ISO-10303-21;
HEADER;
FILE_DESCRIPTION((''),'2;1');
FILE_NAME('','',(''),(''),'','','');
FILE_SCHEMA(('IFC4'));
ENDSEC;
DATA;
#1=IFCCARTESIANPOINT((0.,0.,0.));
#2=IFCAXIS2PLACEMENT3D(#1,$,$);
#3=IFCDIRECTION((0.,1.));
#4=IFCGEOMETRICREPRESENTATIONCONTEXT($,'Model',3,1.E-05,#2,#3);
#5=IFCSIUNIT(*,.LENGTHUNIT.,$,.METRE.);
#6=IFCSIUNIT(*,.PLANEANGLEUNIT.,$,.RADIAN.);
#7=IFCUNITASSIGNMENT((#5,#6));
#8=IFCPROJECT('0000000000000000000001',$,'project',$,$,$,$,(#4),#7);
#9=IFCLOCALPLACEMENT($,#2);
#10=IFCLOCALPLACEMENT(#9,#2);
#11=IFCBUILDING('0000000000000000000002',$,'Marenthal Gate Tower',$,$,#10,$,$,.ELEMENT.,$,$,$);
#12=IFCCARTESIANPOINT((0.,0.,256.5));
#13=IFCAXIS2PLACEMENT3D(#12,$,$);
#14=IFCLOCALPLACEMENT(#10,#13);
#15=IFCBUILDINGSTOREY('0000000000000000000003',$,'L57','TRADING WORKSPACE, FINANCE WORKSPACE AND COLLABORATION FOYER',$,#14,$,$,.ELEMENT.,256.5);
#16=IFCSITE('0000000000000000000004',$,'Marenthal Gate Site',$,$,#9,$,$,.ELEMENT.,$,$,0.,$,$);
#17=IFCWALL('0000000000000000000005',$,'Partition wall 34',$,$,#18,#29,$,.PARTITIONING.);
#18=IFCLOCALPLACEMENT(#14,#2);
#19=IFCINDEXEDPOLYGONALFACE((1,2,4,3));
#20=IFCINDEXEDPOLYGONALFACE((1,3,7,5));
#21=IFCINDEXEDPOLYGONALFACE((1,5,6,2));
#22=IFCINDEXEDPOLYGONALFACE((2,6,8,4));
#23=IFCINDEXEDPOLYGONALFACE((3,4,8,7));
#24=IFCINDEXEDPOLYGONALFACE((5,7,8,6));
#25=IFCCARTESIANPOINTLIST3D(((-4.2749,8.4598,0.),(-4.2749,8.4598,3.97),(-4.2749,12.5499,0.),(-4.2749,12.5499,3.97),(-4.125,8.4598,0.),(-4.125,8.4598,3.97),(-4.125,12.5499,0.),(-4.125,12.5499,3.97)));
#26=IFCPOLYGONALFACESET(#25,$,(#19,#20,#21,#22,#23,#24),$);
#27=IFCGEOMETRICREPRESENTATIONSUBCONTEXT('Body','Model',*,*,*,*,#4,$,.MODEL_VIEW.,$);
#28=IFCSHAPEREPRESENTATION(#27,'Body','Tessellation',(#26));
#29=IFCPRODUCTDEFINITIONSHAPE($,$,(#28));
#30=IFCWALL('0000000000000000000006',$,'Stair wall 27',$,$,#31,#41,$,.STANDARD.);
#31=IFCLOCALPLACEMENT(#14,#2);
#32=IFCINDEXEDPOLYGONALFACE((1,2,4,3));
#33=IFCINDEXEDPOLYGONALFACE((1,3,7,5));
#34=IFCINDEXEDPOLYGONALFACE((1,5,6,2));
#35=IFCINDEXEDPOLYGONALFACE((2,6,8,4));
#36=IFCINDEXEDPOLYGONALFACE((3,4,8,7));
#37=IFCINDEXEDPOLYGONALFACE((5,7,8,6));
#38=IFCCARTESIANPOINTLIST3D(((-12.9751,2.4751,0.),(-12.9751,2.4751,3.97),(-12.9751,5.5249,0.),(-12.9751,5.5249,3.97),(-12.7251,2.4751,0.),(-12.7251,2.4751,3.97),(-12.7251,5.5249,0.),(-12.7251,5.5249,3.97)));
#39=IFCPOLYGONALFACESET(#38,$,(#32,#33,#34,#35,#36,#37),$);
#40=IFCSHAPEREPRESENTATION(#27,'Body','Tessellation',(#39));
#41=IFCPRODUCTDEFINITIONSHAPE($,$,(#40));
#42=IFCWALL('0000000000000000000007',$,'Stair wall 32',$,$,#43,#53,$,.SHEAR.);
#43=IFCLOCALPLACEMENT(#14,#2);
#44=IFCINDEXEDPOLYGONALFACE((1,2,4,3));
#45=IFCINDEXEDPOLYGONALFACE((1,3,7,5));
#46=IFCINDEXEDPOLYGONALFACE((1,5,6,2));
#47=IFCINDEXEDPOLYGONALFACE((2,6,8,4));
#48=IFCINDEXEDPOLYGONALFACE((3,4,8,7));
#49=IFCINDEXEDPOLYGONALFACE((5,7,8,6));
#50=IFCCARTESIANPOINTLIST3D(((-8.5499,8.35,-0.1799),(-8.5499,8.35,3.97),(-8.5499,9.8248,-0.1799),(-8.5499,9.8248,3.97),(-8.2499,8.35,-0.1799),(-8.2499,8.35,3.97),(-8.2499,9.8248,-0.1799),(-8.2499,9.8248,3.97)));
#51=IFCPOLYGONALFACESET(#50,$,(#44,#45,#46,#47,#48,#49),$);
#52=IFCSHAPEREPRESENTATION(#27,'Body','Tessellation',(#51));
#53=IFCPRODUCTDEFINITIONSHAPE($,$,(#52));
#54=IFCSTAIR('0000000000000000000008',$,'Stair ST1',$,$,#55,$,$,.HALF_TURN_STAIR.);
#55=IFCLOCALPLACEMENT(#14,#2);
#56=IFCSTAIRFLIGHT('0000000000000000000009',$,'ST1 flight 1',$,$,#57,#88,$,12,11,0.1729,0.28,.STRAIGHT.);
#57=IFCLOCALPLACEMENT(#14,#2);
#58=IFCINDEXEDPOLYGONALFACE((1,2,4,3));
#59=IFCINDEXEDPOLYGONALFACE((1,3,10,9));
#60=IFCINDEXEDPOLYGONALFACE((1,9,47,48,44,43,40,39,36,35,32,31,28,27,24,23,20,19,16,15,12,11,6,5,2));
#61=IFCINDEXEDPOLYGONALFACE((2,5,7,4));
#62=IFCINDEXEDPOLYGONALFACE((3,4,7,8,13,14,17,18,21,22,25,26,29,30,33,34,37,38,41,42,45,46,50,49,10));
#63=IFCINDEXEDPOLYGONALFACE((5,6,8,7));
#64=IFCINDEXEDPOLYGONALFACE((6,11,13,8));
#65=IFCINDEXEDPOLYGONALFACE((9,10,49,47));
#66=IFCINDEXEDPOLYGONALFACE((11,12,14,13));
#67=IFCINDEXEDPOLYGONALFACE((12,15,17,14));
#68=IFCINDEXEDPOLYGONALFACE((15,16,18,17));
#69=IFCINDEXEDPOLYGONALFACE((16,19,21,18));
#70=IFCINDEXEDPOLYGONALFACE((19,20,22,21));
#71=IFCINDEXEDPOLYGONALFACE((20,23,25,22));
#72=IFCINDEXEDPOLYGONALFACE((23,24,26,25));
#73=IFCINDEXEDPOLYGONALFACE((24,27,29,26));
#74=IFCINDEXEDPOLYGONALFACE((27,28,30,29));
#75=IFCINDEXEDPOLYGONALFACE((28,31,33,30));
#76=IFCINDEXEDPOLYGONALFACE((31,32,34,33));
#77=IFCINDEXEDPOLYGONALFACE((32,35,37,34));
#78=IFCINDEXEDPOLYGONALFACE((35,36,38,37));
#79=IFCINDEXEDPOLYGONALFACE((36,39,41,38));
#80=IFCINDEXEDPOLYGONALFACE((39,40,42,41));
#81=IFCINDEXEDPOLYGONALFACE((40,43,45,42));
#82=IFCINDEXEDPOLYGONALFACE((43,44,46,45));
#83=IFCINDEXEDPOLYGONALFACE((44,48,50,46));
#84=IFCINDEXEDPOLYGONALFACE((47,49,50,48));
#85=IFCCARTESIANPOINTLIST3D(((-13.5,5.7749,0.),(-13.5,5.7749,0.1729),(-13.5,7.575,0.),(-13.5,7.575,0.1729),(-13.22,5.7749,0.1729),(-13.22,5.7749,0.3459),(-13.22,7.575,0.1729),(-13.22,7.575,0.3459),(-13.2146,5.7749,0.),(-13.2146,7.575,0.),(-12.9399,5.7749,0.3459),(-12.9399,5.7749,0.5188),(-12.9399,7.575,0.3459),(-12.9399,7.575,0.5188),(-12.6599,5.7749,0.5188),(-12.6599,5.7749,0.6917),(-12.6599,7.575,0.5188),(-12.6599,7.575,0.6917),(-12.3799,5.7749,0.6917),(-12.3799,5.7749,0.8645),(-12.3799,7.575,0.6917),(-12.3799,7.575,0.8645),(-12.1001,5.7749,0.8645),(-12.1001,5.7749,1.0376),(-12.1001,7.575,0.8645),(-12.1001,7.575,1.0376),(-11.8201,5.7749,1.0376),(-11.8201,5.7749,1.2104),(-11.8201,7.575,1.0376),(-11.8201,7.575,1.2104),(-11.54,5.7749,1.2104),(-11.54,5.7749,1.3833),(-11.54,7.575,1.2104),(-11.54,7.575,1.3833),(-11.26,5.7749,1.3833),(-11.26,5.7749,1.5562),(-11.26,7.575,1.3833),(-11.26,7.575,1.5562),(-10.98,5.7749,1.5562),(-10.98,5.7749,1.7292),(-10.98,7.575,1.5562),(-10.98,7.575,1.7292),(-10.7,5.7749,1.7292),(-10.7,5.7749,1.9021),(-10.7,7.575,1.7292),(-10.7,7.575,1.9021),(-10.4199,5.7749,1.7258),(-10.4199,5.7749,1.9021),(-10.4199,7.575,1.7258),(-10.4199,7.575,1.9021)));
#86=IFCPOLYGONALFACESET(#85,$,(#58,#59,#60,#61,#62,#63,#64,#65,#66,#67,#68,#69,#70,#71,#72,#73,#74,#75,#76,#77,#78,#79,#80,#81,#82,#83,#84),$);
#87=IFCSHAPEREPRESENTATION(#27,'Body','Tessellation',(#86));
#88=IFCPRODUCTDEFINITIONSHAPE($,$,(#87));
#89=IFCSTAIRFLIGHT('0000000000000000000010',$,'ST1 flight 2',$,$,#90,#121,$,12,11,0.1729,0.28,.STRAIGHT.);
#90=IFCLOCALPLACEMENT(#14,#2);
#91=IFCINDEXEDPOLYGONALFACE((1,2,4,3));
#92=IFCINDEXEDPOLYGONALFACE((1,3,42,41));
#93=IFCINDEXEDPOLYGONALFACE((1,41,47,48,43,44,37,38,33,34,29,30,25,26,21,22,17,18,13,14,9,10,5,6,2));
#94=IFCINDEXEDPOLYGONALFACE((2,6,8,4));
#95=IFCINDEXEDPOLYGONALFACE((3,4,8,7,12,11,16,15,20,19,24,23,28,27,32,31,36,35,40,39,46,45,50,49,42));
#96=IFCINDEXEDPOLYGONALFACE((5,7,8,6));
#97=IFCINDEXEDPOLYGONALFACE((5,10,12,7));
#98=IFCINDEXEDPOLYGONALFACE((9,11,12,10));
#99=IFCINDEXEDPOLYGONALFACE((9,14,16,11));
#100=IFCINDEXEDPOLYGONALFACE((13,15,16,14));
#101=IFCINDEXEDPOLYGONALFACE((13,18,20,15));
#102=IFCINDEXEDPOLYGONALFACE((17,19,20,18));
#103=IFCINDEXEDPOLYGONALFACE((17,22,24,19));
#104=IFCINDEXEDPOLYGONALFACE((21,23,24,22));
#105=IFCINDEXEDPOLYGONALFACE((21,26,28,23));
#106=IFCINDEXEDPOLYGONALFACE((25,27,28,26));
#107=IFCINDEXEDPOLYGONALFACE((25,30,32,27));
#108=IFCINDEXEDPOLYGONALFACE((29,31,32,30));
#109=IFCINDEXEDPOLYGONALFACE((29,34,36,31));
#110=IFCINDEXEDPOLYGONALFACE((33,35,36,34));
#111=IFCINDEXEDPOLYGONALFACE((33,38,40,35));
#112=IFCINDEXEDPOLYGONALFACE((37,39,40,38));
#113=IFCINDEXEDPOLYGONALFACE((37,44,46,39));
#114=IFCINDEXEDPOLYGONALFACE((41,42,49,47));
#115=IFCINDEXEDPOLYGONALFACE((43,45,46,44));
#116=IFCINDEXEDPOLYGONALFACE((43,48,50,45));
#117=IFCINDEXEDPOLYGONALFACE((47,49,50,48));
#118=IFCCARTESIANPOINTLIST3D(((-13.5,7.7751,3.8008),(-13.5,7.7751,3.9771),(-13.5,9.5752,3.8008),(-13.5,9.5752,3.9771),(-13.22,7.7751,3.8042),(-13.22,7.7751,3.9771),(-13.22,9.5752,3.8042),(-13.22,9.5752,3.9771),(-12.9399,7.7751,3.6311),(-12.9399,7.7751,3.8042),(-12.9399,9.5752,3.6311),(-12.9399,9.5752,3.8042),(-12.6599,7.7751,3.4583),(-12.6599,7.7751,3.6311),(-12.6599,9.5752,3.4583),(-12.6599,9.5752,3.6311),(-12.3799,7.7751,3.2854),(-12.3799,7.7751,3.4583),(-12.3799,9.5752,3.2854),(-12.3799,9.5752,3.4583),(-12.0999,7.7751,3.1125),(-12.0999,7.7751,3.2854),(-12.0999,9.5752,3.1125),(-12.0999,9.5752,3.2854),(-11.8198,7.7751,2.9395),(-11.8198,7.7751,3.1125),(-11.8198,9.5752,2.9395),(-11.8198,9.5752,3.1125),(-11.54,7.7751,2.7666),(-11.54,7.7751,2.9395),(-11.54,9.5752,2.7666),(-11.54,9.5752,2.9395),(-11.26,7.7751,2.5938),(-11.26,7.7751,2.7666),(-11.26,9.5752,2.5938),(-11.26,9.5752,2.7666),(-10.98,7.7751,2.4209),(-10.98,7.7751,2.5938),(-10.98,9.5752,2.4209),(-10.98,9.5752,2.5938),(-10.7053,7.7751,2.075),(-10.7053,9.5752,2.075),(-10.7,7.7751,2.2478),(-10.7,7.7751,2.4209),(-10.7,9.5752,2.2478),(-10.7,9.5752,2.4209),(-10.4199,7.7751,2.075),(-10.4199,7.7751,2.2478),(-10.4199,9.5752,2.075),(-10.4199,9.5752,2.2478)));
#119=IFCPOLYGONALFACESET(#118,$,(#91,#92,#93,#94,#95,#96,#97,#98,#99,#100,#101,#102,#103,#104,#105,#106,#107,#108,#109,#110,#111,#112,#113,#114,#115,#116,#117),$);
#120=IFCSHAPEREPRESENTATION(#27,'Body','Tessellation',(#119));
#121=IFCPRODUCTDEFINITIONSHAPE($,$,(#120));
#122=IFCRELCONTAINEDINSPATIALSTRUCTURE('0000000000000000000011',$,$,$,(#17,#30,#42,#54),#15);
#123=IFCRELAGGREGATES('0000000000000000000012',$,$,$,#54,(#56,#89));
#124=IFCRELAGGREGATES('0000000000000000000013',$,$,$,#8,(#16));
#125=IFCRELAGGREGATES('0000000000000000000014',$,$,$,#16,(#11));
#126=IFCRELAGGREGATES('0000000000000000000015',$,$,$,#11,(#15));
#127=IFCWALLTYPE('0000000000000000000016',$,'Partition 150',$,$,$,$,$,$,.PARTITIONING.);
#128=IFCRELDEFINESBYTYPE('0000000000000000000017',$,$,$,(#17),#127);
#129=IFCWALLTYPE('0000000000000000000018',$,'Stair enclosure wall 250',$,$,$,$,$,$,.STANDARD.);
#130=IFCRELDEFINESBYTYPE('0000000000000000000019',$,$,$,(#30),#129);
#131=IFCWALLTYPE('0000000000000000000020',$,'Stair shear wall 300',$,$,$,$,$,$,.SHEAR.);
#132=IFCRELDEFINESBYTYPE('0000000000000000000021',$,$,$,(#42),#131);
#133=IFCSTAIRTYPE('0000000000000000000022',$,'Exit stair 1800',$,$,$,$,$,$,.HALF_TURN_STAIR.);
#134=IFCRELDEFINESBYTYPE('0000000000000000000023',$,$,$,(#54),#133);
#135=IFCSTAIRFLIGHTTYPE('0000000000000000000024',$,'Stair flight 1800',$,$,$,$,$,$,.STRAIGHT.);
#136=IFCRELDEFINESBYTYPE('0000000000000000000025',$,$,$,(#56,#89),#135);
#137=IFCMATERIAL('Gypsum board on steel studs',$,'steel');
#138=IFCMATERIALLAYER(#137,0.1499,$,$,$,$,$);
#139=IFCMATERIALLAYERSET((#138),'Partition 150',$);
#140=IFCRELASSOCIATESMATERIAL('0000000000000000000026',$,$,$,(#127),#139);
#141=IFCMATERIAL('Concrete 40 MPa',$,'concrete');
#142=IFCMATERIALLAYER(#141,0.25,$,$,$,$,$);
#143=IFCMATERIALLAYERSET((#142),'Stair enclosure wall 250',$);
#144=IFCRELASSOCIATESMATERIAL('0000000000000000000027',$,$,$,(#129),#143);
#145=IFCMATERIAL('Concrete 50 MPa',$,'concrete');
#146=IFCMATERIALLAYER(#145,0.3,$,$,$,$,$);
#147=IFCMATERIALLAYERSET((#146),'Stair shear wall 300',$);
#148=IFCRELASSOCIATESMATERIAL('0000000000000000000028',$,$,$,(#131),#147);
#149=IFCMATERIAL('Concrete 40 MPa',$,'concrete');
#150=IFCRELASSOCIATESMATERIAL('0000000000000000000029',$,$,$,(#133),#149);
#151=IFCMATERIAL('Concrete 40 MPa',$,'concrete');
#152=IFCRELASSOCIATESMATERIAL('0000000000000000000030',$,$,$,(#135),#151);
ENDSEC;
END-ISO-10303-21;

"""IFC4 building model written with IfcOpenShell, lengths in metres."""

from ifc_helpers import new_model, si_unit, direction, frame, frame_2d, origin, place, context, subcontext, project, spatial, polyline, rectangle, outline, extrude, material, layer, layer_set, type_object, element, aggregate, save


model = new_model("IFC4")

# Units and contexts
model_context = context("Model", 3, precision=1e-05, world=origin(), true_north=direction((0.0, 1.0)))
body_context = subcontext(model_context, "Body", "Model", "MODEL_VIEW")
ifc_project = project(units=[si_unit("LENGTHUNIT", "METRE"), si_unit("PLANEANGLEUNIT", "RADIAN")], contexts=[model_context])

# Site, building, storey
site_placement = place(None, origin())
site = spatial("IfcSite", under=ifc_project, at=site_placement, Name="Marenthal Gate Site", CompositionType="ELEMENT", RefElevation=0.0)
building_placement = place(site_placement, origin())
building = spatial("IfcBuilding", under=site, at=building_placement, Name="Marenthal Gate Tower", CompositionType="ELEMENT")
storey_placement = place(building_placement, frame((0.0, 0.0, 256.5)))
storey = spatial("IfcBuildingStorey", under=building, at=storey_placement, Name="L57", Description="TRADING WORKSPACE, FINANCE WORKSPACE AND COLLABORATION FOYER", CompositionType="ELEMENT", Elevation=256.5)

# Walls
ifc_material_1 = material(Name="Gypsum board on steel studs", Category="steel")
ifc_layer_1 = layer(ifc_material_1, 0.1499)
ifc_layer_set_1 = layer_set([ifc_layer_1], Name="Partition 150")
wall_type_1 = type_object("IfcWallType", Name="Partition 150", PredefinedType="PARTITIONING", material=ifc_layer_set_1)
wall_1_placement = place(storey_placement, frame((-4.2, 8.46, 0.0), z_axis=(0.0, 0.0, 1.0), x_axis=(0.0, 1.0, 0.0)))
element("IfcWall", 1, at=wall_1_placement, inside=storey, type_object=wall_type_1, Name="Partition wall 34", PredefinedType="PARTITIONING", context=body_context, shape_type="SweptSolid", body=[
    extrude(rectangle(XDim=4.0901, YDim=0.1499, at=frame_2d((2.0449, 0.0))), origin(), (0.0, 0.0, 1.0), 3.97),
])
ifc_material_2 = material(Name="Concrete 40 MPa", Category="concrete")
ifc_layer_2 = layer(ifc_material_2, 0.25)
ifc_layer_set_2 = layer_set([ifc_layer_2], Name="Stair enclosure wall 250")
wall_type_2 = type_object("IfcWallType", Name="Stair enclosure wall 250", PredefinedType="STANDARD", material=ifc_layer_set_2)
wall_2_placement = place(storey_placement, frame((-12.8501, 2.4751, 0.0), z_axis=(0.0, 0.0, 1.0), x_axis=(0.0, 1.0, 0.0)))
element("IfcWall", 2, at=wall_2_placement, inside=storey, type_object=wall_type_2, Name="Stair wall 27", PredefinedType="STANDARD", context=body_context, shape_type="SweptSolid", body=[
    extrude(rectangle(XDim=3.0498, YDim=0.25, at=frame_2d((1.5249, 0.0))), origin(), (0.0, 0.0, 1.0), 3.97),
])
ifc_material_3 = material(Name="Concrete 50 MPa", Category="concrete")
ifc_layer_3 = layer(ifc_material_3, 0.3)
ifc_layer_set_3 = layer_set([ifc_layer_3], Name="Stair shear wall 300")
wall_type_3 = type_object("IfcWallType", Name="Stair shear wall 300", PredefinedType="SHEAR", material=ifc_layer_set_3)
wall_3_placement = place(storey_placement, frame((-8.3999, 8.3501, -0.1799), z_axis=(0.0, 0.0, 1.0), x_axis=(0.0, 1.0, 0.0)))
element("IfcWall", 3, at=wall_3_placement, inside=storey, type_object=wall_type_3, Name="Stair wall 32", PredefinedType="SHEAR", context=body_context, shape_type="SweptSolid", body=[
    extrude(rectangle(XDim=1.4749, YDim=0.3, at=frame_2d((0.7373, 0.0))), origin(), (0.0, 0.0, 1.0), 4.1499),
])

# Stair, stair flights
ifc_material_4 = material(Name="Concrete 40 MPa", Category="concrete")
stair_type = type_object("IfcStairType", Name="Exit stair 1800", PredefinedType="HALF_TURN_STAIR", material=ifc_material_4)
stair_placement = place(storey_placement, origin())
stair = element("IfcStair", 4, at=stair_placement, inside=storey, type_object=stair_type, Name="Stair ST1", PredefinedType="HALF_TURN_STAIR")
ifc_material_5 = material(Name="Concrete 40 MPa", Category="concrete")
stair_flight_type = type_object("IfcStairFlightType", Name="Stair flight 1800", PredefinedType="STRAIGHT", material=ifc_material_5)
stair_flight_1_placement = place(storey_placement, frame((-13.5, 6.675, 0.0), z_axis=(0.0, 0.0, 1.0), x_axis=(1.0, 0.0, 0.0)))
stair_flight_1 = element("IfcStairFlight", 5, at=stair_flight_1_placement, type_object=stair_flight_type, Name="ST1 flight 1", NumberOfRisers=12, NumberOfTreads=11, PredefinedType="STRAIGHT", RiserHeight=0.1729, TreadLength=0.28, context=body_context, shape_type="SweptSolid", body=[
    extrude(outline(polyline([(0.0, 0.0), (0.0, 0.1729), (0.28, 0.1729), (0.28, 0.3459), (0.5601, 0.3459), (0.5601, 0.5188), (0.8401, 0.5188), (0.8401, 0.6917), (1.1201, 0.6917), (1.1201, 0.8645), (1.3999, 0.8645), (1.3999, 1.0376), (1.6799, 1.0376), (1.6799, 1.2104), (1.96, 1.2104), (1.96, 1.3833), (2.24, 1.3833), (2.24, 1.5562), (2.52, 1.5562), (2.52, 1.7292), (2.8, 1.7292), (2.8, 1.9021), (3.0801, 1.9021), (3.0801, 2.075), (3.0801, 1.7258), (0.2854, 0.0), (0.0, 0.0)])), frame((0.0, 0.8999, 0.0), z_axis=(0.0, -1.0, 0.0), x_axis=(1.0, 0.0, 0.0)), (0.0, 0.0, 1.0), 1.8),
])
stair_flight_2_placement = place(storey_placement, frame((-10.4199, 8.675, 2.075), z_axis=(0.0, 0.0, 1.0), x_axis=(-1.0, 0.0, 0.0)))
stair_flight_2 = element("IfcStairFlight", 6, at=stair_flight_2_placement, type_object=stair_flight_type, Name="ST1 flight 2", NumberOfRisers=12, NumberOfTreads=11, PredefinedType="STRAIGHT", RiserHeight=0.1729, TreadLength=0.28, context=body_context, shape_type="SweptSolid", body=[
    extrude(outline(polyline([(0.0, 0.0), (0.0, 0.1729), (0.28, 0.1729), (0.28, 0.3459), (0.5601, 0.3459), (0.5601, 0.5188), (0.8401, 0.5188), (0.8401, 0.6917), (1.1201, 0.6917), (1.1201, 0.8645), (1.3999, 0.8645), (1.3999, 1.0376), (1.6799, 1.0376), (1.6799, 1.2104), (1.96, 1.2104), (1.96, 1.3833), (2.24, 1.3833), (2.24, 1.5562), (2.52, 1.5562), (2.52, 1.7292), (2.8, 1.7292), (2.8, 1.9021), (3.0801, 1.9021), (3.0801, 2.075), (3.0801, 1.7258), (0.2854, 0.0), (0.0, 0.0)])), frame((0.0, 0.8999, 0.0), z_axis=(0.0, -1.0, 0.0), x_axis=(1.0, 0.0, 0.0)), (0.0, 0.0, 1.0), 1.8),
])
aggregate(stair, [stair_flight_1, stair_flight_2])

save(model, "model.ifc")
